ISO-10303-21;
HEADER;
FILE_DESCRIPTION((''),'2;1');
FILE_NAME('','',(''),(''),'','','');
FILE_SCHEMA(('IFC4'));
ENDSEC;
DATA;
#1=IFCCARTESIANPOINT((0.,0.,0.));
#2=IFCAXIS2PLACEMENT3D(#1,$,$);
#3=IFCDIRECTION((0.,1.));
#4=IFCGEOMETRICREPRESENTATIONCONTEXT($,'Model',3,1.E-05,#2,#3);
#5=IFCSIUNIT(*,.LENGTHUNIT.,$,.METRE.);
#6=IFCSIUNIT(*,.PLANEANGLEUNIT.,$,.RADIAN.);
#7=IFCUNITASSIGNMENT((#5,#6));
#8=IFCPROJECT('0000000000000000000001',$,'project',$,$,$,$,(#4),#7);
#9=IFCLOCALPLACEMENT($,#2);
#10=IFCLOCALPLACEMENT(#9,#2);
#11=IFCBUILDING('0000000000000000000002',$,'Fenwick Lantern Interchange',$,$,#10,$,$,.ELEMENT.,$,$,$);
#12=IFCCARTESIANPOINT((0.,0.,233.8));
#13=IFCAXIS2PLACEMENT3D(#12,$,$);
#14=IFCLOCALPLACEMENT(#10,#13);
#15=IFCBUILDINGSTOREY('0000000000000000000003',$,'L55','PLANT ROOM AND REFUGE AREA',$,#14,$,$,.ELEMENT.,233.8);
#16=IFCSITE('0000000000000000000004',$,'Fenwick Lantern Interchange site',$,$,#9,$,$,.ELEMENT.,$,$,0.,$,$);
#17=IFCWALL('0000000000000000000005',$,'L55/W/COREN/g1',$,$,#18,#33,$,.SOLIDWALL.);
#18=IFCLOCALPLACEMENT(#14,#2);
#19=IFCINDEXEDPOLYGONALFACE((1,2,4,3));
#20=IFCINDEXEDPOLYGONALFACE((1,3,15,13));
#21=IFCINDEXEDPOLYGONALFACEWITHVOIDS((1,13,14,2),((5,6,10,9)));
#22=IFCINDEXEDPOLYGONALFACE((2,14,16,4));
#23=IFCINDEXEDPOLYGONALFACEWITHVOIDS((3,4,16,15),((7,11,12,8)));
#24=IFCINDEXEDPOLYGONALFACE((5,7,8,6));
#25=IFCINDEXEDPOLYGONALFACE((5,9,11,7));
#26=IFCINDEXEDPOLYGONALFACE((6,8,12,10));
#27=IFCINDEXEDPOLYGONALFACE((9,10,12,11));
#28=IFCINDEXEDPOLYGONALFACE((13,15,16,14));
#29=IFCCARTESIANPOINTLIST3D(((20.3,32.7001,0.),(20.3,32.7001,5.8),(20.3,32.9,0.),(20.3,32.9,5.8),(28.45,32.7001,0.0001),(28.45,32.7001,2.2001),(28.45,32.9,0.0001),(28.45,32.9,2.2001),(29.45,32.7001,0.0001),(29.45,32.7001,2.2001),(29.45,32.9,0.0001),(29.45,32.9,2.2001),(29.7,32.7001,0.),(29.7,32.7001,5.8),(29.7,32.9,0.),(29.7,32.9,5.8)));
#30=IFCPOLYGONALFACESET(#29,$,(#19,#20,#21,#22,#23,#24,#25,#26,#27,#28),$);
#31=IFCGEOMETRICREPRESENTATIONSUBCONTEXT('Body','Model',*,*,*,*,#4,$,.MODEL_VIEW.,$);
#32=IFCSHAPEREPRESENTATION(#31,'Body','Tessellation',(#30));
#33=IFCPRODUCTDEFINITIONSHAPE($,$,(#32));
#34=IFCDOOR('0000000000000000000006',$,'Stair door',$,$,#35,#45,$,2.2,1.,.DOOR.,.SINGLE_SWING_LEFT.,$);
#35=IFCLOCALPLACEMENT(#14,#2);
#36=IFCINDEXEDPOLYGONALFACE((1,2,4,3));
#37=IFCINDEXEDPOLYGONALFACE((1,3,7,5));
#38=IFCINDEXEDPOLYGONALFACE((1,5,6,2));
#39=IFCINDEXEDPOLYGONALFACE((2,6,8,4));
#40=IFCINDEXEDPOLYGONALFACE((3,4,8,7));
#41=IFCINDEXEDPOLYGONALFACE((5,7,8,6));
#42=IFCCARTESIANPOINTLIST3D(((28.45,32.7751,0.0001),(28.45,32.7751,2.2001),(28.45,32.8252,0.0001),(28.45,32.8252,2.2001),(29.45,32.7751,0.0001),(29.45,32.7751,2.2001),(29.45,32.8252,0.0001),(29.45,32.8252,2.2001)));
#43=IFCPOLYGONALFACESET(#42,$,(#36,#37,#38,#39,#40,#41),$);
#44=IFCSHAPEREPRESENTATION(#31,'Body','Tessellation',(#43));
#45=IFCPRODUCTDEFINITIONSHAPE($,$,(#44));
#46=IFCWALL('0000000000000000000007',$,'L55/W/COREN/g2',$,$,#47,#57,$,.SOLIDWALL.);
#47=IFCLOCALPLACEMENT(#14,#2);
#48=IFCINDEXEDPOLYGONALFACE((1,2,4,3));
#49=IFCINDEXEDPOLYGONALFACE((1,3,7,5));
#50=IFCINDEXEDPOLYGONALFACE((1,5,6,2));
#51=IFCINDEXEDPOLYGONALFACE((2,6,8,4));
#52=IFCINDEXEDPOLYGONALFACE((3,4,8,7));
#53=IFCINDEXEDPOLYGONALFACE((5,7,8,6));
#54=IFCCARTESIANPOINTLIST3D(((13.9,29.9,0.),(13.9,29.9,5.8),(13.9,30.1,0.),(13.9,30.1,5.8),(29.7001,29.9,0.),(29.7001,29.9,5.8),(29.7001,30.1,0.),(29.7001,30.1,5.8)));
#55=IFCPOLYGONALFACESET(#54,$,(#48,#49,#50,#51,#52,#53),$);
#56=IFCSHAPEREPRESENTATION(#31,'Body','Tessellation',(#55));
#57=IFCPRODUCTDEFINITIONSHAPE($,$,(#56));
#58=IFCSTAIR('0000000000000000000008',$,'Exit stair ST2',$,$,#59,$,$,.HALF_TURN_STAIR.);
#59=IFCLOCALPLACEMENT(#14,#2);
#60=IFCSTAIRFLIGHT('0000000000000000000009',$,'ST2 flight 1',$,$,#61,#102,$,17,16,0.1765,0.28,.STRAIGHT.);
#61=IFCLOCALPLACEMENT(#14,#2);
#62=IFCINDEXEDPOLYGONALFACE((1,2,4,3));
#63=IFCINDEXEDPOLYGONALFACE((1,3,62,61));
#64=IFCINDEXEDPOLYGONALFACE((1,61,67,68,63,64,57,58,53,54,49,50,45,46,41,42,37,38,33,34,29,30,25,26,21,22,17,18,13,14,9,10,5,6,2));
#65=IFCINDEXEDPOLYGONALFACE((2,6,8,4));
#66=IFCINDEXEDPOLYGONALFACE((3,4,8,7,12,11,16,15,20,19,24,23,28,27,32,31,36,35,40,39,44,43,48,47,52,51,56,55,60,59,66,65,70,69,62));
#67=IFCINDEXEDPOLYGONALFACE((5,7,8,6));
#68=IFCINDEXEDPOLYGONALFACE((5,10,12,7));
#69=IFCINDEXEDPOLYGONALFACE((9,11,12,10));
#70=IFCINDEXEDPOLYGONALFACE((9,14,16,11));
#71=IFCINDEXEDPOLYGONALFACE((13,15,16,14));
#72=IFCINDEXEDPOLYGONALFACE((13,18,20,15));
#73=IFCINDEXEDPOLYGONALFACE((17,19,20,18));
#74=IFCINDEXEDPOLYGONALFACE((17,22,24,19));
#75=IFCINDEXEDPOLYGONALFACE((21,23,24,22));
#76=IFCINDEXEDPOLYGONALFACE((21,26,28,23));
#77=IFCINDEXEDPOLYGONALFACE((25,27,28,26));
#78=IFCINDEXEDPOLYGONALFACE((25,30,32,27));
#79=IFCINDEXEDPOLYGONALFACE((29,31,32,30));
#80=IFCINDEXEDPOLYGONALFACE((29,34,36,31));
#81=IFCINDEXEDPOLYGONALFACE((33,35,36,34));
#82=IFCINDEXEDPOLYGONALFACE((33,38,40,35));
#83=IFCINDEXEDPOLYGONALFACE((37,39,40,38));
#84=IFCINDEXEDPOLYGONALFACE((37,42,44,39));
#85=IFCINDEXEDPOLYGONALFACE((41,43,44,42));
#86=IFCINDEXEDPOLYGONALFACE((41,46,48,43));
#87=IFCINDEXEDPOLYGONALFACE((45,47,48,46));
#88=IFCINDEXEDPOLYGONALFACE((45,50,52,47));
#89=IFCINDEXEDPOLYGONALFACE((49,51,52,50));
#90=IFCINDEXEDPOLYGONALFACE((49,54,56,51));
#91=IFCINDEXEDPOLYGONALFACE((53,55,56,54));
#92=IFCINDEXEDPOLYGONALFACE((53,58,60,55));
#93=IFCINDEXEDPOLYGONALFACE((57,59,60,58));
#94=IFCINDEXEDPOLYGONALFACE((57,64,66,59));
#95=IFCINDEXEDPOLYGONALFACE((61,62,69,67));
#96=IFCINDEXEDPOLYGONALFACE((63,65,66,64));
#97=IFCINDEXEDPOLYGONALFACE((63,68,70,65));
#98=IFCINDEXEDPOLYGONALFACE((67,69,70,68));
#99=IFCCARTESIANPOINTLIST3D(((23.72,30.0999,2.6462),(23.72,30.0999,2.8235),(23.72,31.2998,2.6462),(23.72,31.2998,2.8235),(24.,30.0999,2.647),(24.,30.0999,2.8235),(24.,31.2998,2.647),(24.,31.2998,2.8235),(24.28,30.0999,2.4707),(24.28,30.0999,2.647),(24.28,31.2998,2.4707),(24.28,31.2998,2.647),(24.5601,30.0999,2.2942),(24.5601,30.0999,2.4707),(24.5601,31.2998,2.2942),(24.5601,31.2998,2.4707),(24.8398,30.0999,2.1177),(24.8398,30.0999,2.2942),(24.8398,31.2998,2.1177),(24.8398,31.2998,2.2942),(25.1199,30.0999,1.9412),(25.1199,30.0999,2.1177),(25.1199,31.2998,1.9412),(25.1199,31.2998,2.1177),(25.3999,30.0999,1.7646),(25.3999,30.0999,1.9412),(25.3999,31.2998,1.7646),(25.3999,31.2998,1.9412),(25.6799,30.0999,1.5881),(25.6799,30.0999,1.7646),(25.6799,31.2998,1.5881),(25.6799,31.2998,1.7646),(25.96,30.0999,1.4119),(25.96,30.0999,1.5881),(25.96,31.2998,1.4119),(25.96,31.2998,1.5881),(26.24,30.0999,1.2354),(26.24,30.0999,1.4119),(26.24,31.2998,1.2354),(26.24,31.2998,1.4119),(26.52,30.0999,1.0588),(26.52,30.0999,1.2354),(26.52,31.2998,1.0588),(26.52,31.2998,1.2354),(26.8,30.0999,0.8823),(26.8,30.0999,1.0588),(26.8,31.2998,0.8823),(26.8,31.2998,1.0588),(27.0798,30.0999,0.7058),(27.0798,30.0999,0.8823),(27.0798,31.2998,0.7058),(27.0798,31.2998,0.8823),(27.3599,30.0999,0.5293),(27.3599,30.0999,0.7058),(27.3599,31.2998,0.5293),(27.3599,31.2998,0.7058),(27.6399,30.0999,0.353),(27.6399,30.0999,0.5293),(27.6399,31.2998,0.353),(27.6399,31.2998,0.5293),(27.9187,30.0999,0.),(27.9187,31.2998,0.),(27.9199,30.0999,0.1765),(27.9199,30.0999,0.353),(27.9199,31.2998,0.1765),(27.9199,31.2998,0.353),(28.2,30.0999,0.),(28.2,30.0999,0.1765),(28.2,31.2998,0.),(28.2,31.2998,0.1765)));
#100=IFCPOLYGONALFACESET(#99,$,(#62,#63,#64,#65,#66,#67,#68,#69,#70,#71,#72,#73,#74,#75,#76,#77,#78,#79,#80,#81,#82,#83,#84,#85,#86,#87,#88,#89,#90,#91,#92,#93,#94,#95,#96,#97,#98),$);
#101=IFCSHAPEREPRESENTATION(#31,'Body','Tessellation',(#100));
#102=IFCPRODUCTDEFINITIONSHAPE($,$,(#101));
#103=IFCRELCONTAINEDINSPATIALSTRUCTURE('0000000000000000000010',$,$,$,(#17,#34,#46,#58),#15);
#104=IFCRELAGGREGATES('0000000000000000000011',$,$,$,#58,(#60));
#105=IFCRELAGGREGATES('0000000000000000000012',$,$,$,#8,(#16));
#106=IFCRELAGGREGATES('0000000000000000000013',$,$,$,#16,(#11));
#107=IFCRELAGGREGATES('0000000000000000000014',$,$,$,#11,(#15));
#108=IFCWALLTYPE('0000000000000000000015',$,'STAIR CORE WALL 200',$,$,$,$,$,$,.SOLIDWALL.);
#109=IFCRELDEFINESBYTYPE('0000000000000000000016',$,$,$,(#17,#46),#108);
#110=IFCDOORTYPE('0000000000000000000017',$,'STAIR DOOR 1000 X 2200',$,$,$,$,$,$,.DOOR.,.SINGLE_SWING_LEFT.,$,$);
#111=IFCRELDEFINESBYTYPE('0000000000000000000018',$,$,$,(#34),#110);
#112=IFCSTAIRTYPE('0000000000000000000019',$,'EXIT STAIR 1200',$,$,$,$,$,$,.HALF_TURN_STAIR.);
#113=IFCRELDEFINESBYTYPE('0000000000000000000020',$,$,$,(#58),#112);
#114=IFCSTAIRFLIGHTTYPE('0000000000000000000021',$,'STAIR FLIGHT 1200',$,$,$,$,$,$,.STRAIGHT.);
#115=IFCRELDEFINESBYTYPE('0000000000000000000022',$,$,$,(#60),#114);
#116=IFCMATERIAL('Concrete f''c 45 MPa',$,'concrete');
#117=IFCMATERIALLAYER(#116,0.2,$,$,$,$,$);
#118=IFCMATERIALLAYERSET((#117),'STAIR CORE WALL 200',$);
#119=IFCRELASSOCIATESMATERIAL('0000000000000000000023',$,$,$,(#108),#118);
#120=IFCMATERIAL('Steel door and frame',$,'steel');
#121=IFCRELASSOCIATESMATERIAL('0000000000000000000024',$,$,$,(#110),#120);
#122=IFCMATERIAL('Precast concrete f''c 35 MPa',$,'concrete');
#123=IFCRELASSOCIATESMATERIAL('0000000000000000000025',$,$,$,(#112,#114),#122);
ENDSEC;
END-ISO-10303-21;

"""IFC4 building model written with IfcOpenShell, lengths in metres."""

from ifc_helpers import new_model, si_unit, direction, frame, frame_2d, origin, place, context, subcontext, project, spatial, polyline, rectangle, outline, extrude, material, layer, layer_set, type_object, element, fill, aggregate, save


model = new_model("IFC4")

# Units and contexts
model_context = context("Model", 3, precision=1e-05, world=origin(), true_north=direction((0.0, 1.0)))
body_context = subcontext(model_context, "Body", "Model", "MODEL_VIEW")
ifc_project = project(units=[si_unit("LENGTHUNIT", "METRE"), si_unit("PLANEANGLEUNIT", "RADIAN")], contexts=[model_context])

# Site, building, storey
site_placement = place(None, origin())
site = spatial("IfcSite", under=ifc_project, at=site_placement, Name="Fenwick Lantern Interchange site", CompositionType="ELEMENT", RefElevation=0.0)
building_placement = place(site_placement, origin())
building = spatial("IfcBuilding", under=site, at=building_placement, Name="Fenwick Lantern Interchange", CompositionType="ELEMENT")
storey_placement = place(building_placement, frame((0.0, 0.0, 233.8)))
storey = spatial("IfcBuildingStorey", under=building, at=storey_placement, Name="L55", Description="PLANT ROOM AND REFUGE AREA", CompositionType="ELEMENT", Elevation=233.8)

# Shared definitions
ifc_material_1 = material(Name="Steel door and frame", Category="steel")

# Shared definitions
ifc_material_2 = material(Name="Concrete f'c 45 MPa", Category="concrete")
ifc_layer_1 = layer(ifc_material_2, 0.2)
ifc_layer_set_1 = layer_set([ifc_layer_1], Name="STAIR CORE WALL 200")
wall_type_1 = type_object("IfcWallType", Name="STAIR CORE WALL 200", PredefinedType="SOLIDWALL", material=ifc_layer_set_1)

# Wall, opening, door
wall_1_placement = place(storey_placement, frame((29.7, 32.8, 0.0), z_axis=(0.0, 0.0, 1.0), x_axis=(-1.0, 0.0, 0.0)))
wall_1 = element("IfcWall", 1, at=wall_1_placement, inside=storey, type_object=wall_type_1, Name="L55/W/COREN/g1", PredefinedType="SOLIDWALL", context=body_context, shape_type="SweptSolid", body=[
    extrude(rectangle(XDim=9.3999, YDim=0.2, at=frame_2d((4.7, 0.0))), origin(), (0.0, 0.0, 1.0), 5.8),
])
opening_1_placement = place(wall_1_placement, frame((0.25, 0.0, 0.0)))
opening_1 = element("IfcOpeningElement", 2, at=opening_1_placement, cuts=wall_1, PredefinedType="OPENING", context=body_context, shape_type="SweptSolid", body=[
    extrude(rectangle(XDim=1.0, YDim=2.2, at=frame_2d((0.5, 1.1001))), frame((0.0, 0.1099, 0.0), z_axis=(0.0, -1.0, 0.0), x_axis=(1.0, 0.0, 0.0)), (0.0, 0.0, 1.0), 0.22),
])
door_type_1 = type_object("IfcDoorType", Name="STAIR DOOR 1000 X 2200", OperationType="SINGLE_SWING_LEFT", PredefinedType="DOOR", material=ifc_material_1)
door_1_placement = place(opening_1_placement, origin())
door_1 = element("IfcDoor", 3, at=door_1_placement, inside=storey, type_object=door_type_1, Name="Stair door", OperationType="SINGLE_SWING_LEFT", OverallHeight=2.2, OverallWidth=1.0, PredefinedType="DOOR", context=body_context, shape_type="SweptSolid", body=[
    extrude(rectangle(XDim=1.0, YDim=2.2, at=frame_2d((0.5, 1.1001))), frame((0.0, 0.0249, 0.0), z_axis=(0.0, -1.0, 0.0), x_axis=(1.0, 0.0, 0.0)), (0.0, 0.0, 1.0), 0.05),
])
fill(opening_1, door_1)

# Wall
wall_2_placement = place(storey_placement, frame((29.7, 30.0, 0.0), z_axis=(0.0, 0.0, 1.0), x_axis=(-1.0, 0.0, 0.0)))
element("IfcWall", 4, at=wall_2_placement, inside=storey, type_object=wall_type_1, Name="L55/W/COREN/g2", PredefinedType="SOLIDWALL", context=body_context, shape_type="SweptSolid", body=[
    extrude(rectangle(XDim=15.8, YDim=0.2, at=frame_2d((7.8999, 0.0))), origin(), (0.0, 0.0, 1.0), 5.8),
])

# Stair, stair flight
ifc_material_3 = material(Name="Precast concrete f'c 35 MPa", Category="concrete")
stair_type = type_object("IfcStairType", Name="EXIT STAIR 1200", PredefinedType="HALF_TURN_STAIR", material=ifc_material_3)
stair_placement = place(storey_placement, origin())
stair = element("IfcStair", 5, at=stair_placement, inside=storey, type_object=stair_type, Name="Exit stair ST2", PredefinedType="HALF_TURN_STAIR")
stair_flight_type = type_object("IfcStairFlightType", Name="STAIR FLIGHT 1200", PredefinedType="STRAIGHT", material=ifc_material_3)
stair_flight_placement = place(storey_placement, frame((28.2, 30.7, 0.0), z_axis=(0.0, 0.0, 1.0), x_axis=(-1.0, 0.0, 0.0)))
stair_flight = element("IfcStairFlight", 6, at=stair_flight_placement, type_object=stair_flight_type, Name="ST2 flight 1", NumberOfRisers=17, NumberOfTreads=16, PredefinedType="STRAIGHT", RiserHeight=0.1765, TreadLength=0.28, context=body_context, shape_type="SweptSolid", body=[
    extrude(outline(polyline([(0.0, 0.0), (0.0, 0.1765), (0.28, 0.1765), (0.28, 0.353), (0.5601, 0.353), (0.5601, 0.5293), (0.8401, 0.5293), (0.8401, 0.7058), (1.1201, 0.7058), (1.1201, 0.8823), (1.3999, 0.8823), (1.3999, 1.0588), (1.6799, 1.0588), (1.6799, 1.2354), (1.96, 1.2354), (1.96, 1.4119), (2.24, 1.4119), (2.24, 1.5881), (2.52, 1.5881), (2.52, 1.7646), (2.8, 1.7646), (2.8, 1.9412), (3.0801, 1.9412), (3.0801, 2.1177), (3.3601, 2.1177), (3.3601, 2.2942), (3.6399, 2.2942), (3.6399, 2.4707), (3.9199, 2.4707), (3.9199, 2.647), (4.2, 2.647), (4.2, 2.8235), (4.48, 2.8235), (4.48, 3.0), (4.48, 2.6462), (0.2812, 0.0), (0.0, 0.0)])), frame((0.0, 0.6001, 0.0), z_axis=(0.0, -1.0, 0.0), x_axis=(1.0, 0.0, 0.0)), (0.0, 0.0, 1.0), 1.2),
])
aggregate(stair, [stair_flight])

save(model, "model.ifc")
